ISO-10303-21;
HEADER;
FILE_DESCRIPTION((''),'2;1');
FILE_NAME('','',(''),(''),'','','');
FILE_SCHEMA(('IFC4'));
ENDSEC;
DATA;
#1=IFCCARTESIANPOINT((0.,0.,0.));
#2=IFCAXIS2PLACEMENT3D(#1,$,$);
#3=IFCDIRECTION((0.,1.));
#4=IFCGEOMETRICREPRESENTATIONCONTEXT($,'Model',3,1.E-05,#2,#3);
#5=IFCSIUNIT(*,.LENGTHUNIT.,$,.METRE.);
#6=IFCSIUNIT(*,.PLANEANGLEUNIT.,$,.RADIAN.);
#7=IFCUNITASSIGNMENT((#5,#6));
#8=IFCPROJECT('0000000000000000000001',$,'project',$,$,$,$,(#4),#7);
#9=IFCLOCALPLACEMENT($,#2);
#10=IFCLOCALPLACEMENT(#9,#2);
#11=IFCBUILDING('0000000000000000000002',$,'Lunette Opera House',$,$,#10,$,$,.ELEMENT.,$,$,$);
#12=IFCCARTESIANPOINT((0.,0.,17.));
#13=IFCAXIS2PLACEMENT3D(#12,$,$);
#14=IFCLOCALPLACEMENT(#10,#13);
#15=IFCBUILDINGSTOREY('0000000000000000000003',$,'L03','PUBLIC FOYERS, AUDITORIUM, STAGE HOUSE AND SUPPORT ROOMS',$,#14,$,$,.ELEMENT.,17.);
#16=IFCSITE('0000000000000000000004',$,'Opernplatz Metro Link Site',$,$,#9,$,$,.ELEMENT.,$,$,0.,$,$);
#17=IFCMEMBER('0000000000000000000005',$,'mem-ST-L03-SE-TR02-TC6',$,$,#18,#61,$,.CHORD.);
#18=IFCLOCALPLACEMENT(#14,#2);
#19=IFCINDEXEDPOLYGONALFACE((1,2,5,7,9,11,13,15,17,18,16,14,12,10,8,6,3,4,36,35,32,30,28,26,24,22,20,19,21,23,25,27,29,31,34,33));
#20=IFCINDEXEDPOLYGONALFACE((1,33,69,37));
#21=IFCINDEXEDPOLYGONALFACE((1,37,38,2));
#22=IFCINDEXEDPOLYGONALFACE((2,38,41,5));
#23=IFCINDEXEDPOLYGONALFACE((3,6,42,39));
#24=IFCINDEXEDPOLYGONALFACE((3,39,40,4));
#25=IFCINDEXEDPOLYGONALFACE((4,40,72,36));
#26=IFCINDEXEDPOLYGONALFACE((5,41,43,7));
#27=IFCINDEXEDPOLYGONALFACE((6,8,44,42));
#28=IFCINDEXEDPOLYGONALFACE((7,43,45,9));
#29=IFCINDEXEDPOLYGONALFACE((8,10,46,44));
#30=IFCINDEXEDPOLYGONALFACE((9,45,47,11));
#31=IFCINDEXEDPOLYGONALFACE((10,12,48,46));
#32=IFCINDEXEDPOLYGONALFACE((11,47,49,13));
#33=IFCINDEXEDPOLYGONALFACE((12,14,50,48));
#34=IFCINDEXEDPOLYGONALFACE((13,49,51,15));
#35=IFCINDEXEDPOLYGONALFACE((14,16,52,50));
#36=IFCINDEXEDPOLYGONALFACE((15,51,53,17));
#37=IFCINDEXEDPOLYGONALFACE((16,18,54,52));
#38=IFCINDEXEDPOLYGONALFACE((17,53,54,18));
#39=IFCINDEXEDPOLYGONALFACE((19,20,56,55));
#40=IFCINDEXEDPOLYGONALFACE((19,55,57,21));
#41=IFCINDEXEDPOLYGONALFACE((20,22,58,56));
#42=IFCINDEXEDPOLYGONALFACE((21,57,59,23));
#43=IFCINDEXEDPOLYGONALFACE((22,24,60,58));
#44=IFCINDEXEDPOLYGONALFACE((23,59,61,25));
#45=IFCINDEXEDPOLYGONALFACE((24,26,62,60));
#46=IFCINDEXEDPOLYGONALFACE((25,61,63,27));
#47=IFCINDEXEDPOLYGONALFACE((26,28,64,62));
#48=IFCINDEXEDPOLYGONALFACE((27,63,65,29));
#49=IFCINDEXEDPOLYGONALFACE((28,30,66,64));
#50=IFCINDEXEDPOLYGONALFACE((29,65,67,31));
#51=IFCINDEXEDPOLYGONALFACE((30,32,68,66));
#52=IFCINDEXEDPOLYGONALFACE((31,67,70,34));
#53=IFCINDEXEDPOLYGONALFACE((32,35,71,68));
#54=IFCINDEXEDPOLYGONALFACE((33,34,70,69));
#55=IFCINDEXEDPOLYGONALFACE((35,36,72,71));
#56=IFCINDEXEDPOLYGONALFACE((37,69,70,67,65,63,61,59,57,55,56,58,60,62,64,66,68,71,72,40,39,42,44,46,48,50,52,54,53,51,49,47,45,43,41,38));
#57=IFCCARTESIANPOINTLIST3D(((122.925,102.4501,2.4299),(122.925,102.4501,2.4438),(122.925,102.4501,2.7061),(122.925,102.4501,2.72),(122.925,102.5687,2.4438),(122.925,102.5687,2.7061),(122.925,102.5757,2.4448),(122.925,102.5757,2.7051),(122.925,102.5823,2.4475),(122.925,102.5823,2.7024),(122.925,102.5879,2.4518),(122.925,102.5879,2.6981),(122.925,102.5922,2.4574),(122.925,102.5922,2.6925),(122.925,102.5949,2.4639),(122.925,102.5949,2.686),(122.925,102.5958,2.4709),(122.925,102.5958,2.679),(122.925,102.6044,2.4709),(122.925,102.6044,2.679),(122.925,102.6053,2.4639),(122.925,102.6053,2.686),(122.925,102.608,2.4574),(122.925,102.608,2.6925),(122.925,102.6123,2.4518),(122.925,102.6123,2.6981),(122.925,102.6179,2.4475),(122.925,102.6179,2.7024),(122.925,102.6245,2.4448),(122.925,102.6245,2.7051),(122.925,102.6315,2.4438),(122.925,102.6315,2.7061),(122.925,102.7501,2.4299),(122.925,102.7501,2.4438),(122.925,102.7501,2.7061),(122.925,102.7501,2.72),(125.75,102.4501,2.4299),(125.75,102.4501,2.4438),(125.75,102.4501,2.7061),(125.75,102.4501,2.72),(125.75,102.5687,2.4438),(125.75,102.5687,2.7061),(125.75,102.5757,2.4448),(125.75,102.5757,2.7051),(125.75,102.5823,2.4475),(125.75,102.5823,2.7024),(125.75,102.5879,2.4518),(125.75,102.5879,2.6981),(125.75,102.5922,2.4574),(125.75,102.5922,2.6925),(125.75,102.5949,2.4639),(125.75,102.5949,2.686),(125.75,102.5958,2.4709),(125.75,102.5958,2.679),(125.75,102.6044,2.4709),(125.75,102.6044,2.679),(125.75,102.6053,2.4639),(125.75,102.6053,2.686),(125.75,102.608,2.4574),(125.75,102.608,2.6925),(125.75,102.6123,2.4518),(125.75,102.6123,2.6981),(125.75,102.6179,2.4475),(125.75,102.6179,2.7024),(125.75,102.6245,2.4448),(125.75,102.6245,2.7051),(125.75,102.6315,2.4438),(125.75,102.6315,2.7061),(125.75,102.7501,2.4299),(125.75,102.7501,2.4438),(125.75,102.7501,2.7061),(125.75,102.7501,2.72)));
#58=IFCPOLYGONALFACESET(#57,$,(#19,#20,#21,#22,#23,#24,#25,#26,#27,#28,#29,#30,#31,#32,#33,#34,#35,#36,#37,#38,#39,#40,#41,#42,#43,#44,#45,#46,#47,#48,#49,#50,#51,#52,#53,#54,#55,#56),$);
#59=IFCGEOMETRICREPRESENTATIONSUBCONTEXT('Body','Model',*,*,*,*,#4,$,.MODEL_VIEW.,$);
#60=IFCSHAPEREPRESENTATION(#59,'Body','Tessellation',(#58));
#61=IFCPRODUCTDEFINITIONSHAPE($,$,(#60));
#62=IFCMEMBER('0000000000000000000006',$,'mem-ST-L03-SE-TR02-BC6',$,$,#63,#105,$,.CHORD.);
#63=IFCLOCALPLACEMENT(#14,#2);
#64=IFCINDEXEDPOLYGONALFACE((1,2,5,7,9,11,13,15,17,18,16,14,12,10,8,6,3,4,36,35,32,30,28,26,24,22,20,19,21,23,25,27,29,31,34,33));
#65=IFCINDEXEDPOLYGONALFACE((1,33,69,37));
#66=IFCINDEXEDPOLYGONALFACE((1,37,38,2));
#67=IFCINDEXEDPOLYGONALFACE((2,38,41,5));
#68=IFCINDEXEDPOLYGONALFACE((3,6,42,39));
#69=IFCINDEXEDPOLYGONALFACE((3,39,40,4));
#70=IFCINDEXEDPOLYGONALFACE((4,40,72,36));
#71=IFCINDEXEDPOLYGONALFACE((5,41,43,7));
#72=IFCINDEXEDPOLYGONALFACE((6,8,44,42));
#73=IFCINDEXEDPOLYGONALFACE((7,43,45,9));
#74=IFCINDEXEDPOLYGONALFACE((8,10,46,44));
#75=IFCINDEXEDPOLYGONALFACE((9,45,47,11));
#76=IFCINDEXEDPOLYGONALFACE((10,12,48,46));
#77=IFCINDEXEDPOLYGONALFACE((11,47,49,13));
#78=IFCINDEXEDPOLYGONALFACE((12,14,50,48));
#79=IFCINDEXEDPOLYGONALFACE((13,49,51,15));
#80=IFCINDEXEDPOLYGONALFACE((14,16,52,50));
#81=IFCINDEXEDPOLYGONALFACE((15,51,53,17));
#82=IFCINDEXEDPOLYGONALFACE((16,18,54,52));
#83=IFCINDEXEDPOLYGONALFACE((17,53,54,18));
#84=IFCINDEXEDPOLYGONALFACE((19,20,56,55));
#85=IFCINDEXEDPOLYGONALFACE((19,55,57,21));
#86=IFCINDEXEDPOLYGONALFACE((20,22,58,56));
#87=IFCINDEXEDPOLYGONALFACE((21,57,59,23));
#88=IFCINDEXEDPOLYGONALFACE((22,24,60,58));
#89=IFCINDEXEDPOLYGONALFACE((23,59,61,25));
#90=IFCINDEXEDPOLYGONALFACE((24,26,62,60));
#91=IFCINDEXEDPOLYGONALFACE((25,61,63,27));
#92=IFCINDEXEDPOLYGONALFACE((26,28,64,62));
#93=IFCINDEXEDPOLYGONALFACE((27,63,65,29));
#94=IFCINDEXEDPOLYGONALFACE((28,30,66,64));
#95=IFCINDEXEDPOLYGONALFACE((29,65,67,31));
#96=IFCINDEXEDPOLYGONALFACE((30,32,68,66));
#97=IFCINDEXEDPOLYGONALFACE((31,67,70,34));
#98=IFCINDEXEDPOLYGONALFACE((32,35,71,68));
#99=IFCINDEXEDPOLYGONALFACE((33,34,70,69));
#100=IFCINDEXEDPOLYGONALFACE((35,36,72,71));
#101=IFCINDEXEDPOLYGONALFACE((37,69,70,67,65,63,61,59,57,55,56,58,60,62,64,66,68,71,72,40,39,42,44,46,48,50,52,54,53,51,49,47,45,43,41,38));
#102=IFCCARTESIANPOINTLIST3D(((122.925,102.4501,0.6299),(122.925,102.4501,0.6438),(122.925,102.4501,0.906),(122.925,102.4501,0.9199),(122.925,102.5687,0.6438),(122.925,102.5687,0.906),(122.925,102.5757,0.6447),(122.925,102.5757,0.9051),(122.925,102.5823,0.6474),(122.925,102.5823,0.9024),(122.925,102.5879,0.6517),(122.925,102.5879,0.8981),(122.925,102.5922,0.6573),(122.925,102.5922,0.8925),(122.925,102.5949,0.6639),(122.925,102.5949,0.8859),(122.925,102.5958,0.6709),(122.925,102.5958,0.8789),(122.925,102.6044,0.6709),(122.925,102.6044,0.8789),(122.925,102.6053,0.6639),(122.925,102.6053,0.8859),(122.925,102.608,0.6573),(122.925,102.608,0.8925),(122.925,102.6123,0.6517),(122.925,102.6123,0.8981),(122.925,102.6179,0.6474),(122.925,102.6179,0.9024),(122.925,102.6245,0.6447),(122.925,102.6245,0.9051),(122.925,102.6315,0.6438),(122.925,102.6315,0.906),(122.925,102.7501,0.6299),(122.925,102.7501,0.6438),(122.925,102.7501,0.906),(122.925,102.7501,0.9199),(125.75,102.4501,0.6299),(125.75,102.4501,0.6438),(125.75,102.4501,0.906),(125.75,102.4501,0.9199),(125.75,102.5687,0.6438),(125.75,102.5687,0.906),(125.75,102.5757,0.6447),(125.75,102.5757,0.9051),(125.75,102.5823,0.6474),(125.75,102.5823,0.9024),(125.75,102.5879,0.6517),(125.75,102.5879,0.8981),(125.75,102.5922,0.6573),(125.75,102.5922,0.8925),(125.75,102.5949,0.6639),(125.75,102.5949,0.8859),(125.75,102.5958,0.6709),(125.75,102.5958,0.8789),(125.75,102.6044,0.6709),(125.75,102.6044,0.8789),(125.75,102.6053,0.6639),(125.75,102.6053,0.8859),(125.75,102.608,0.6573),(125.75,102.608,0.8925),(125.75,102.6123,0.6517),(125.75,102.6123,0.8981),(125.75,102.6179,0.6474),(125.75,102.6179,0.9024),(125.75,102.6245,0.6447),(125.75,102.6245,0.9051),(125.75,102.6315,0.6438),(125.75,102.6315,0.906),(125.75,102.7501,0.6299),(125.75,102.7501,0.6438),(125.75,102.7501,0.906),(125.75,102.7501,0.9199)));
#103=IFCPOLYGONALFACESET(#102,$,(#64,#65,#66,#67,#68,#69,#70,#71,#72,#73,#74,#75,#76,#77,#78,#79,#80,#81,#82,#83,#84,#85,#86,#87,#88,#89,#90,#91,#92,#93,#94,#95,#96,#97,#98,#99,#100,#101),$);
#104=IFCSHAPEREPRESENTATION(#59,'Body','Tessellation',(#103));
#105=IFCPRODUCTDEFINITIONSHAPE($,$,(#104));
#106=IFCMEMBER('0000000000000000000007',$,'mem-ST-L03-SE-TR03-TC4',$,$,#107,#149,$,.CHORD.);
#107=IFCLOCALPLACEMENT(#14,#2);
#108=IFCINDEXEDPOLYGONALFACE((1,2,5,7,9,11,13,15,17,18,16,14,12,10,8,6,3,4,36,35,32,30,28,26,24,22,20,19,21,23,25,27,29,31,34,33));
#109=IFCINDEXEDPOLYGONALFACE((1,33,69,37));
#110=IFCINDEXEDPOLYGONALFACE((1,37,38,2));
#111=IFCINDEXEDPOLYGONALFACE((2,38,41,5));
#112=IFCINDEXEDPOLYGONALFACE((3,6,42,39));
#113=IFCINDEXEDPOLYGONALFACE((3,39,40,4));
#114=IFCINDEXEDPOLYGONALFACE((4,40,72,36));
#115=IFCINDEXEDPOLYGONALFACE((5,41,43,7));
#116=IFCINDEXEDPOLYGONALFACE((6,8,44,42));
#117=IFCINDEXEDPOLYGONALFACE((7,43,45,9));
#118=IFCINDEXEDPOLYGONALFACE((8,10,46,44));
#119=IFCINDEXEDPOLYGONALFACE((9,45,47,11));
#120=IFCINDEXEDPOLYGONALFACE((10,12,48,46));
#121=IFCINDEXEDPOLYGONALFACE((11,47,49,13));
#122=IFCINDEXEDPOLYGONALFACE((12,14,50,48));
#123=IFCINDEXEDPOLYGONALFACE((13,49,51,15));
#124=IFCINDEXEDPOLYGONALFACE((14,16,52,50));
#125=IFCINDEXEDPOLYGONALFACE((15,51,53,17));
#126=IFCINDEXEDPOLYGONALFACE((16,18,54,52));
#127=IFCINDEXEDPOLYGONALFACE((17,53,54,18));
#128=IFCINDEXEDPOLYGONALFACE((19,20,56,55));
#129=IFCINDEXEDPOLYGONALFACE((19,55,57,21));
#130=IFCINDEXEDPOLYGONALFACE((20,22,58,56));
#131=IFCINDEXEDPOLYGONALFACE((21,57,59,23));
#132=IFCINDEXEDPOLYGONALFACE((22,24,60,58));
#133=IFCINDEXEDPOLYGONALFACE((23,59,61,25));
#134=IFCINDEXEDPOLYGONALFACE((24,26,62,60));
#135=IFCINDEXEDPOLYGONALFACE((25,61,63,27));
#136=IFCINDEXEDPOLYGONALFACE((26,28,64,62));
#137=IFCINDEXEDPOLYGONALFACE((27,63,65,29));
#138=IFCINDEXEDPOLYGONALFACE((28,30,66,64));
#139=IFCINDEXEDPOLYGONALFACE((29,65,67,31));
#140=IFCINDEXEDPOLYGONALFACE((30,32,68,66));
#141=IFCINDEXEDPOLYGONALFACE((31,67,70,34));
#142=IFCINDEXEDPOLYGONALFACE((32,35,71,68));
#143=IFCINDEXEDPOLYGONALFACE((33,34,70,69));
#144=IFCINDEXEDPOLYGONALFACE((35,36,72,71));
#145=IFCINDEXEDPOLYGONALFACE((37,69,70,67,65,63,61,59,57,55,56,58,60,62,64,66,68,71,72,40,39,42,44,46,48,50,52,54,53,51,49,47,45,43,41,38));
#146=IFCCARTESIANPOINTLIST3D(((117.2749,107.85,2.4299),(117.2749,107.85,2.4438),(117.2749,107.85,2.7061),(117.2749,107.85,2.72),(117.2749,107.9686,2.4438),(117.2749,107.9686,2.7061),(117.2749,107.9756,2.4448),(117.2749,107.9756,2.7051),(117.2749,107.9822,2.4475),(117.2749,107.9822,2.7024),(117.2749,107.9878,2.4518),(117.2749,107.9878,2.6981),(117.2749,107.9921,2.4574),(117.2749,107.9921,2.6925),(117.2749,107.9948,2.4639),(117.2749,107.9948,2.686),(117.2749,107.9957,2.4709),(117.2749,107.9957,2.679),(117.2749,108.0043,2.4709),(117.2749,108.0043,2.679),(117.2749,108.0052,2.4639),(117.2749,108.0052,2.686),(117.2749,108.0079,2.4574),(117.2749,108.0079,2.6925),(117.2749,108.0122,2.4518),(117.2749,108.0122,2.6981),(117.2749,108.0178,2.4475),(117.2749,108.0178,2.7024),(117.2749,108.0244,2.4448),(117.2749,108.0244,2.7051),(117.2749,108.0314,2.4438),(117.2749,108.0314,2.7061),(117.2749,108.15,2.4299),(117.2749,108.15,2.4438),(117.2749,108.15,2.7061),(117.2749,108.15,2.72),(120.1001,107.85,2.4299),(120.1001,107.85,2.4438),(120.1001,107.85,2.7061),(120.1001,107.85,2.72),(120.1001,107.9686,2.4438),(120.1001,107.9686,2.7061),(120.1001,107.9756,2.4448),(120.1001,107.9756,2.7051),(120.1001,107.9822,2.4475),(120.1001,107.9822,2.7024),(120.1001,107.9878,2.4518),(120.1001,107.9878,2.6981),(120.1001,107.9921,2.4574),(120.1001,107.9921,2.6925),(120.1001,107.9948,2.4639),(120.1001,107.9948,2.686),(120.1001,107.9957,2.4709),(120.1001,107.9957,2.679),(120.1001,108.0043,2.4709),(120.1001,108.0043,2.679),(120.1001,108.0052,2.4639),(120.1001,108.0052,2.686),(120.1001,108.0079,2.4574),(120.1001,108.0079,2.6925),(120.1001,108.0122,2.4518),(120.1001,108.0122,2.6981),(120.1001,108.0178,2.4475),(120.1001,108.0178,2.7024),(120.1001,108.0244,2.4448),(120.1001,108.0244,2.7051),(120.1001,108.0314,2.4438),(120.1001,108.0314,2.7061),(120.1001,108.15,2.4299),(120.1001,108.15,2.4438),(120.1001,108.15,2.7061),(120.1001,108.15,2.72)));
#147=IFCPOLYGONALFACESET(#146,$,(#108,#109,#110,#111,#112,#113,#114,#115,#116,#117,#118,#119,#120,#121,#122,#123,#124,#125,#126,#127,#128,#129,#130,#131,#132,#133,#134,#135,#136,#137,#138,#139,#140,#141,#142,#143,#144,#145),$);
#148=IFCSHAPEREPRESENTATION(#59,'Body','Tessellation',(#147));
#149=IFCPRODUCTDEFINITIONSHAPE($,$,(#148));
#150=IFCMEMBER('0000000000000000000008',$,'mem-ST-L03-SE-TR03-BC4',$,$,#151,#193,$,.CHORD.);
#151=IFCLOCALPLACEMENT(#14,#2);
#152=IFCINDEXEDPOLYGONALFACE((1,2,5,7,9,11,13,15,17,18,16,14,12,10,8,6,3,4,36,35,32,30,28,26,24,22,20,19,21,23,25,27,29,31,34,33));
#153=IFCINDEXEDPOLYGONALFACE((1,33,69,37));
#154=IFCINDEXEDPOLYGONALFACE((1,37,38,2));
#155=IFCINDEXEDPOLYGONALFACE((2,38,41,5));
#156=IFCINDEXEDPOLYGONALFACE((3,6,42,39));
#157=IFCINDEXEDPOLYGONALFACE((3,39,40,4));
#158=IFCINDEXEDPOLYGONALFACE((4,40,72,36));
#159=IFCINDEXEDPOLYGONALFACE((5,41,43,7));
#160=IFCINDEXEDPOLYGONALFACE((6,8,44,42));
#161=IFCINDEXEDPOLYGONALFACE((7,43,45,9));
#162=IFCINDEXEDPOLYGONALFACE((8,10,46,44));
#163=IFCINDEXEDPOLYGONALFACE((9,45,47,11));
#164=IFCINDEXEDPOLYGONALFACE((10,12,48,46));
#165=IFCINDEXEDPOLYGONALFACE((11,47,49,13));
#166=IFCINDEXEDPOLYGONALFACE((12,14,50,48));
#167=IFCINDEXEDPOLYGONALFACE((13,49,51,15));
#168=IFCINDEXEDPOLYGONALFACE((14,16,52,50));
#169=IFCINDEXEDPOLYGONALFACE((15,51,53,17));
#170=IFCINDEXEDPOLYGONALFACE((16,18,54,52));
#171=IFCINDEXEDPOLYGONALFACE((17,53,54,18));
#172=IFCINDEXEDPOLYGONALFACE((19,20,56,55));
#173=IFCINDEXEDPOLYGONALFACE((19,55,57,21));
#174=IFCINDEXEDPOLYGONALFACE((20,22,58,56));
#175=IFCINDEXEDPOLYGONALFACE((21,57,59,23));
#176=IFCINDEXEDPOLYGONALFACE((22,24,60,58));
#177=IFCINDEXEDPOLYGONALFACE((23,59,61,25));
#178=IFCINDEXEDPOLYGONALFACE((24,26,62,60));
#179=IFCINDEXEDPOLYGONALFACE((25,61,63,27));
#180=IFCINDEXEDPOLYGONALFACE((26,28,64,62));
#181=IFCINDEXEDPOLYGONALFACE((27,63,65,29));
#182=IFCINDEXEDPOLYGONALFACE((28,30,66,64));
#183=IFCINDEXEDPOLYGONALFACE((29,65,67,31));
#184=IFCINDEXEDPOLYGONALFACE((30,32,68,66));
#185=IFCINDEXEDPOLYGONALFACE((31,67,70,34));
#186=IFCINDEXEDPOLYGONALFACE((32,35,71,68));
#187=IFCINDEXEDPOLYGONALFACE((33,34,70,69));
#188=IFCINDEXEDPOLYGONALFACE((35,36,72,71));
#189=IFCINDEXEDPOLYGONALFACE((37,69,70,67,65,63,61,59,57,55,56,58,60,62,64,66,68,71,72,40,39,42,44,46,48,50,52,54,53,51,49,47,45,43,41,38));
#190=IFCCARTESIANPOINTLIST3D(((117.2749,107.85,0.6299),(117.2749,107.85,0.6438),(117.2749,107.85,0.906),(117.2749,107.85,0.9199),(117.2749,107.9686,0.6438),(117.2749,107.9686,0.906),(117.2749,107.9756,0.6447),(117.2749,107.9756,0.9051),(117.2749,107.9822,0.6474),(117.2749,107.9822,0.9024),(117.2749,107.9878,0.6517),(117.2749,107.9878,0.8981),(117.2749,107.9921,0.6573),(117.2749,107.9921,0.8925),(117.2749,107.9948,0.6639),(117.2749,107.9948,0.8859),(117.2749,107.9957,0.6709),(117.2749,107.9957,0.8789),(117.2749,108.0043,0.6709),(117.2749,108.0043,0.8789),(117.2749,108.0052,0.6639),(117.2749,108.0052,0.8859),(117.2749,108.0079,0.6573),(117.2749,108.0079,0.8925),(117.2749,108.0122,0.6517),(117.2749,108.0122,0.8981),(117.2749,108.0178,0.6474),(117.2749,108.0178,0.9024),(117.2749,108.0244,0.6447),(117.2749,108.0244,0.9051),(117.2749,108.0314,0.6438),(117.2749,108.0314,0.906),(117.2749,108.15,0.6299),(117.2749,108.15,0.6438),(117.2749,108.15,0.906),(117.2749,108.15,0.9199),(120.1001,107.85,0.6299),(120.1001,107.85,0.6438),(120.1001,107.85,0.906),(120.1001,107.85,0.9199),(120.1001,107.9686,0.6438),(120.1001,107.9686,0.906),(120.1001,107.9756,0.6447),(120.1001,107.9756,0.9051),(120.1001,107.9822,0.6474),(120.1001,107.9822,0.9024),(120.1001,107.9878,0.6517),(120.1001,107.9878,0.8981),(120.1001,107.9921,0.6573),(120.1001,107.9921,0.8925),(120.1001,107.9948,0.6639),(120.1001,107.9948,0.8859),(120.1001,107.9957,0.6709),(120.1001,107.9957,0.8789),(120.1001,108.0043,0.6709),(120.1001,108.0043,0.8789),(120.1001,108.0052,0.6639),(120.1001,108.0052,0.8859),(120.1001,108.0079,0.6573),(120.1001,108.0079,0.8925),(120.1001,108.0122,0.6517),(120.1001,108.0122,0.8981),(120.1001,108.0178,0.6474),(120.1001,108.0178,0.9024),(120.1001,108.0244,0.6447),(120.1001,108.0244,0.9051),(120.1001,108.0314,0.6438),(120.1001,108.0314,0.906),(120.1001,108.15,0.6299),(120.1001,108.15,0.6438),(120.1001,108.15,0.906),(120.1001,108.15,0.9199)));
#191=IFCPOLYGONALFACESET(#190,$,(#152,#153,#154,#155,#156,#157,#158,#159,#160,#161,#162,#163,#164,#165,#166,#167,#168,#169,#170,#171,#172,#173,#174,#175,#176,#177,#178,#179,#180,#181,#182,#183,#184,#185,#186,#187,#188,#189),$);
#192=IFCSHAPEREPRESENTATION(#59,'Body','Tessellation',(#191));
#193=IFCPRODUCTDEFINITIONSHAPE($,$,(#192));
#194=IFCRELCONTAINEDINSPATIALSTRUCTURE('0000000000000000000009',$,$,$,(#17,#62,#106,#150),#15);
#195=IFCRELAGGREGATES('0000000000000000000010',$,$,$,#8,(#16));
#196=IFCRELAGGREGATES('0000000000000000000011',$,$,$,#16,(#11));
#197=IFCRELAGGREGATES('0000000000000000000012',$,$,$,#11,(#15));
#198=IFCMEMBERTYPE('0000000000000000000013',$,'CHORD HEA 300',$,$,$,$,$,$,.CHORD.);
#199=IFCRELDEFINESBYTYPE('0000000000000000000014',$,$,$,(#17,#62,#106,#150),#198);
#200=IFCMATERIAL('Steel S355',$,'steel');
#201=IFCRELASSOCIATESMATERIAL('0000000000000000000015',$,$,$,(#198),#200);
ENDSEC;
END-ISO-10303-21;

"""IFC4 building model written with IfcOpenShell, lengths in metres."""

from ifc_helpers import new_model, si_unit, direction, frame, origin, origin_2d, place, context, subcontext, project, spatial, i_section, extrude, material, material_profile, profile_set, type_object, element, save


model = new_model("IFC4")

# Units and contexts
model_context = context("Model", 3, precision=1e-05, world=origin(), true_north=direction((0.0, 1.0)))
body_context = subcontext(model_context, "Body", "Model", "MODEL_VIEW")
ifc_project = project(units=[si_unit("LENGTHUNIT", "METRE"), si_unit("PLANEANGLEUNIT", "RADIAN")], contexts=[model_context])

# Site, building, storey
site_placement = place(None, origin())
site = spatial("IfcSite", under=ifc_project, at=site_placement, Name="Opernplatz Metro Link Site", CompositionType="ELEMENT", RefElevation=0.0)
building_placement = place(site_placement, origin())
building = spatial("IfcBuilding", under=site, at=building_placement, Name="Lunette Opera House", CompositionType="ELEMENT")
storey_placement = place(building_placement, frame((0.0, 0.0, 17.0)))
storey = spatial("IfcBuildingStorey", under=building, at=storey_placement, Name="L03", Description="PUBLIC FOYERS, AUDITORIUM, STAGE HOUSE AND SUPPORT ROOMS", CompositionType="ELEMENT", Elevation=17.0)

# Members
ifc_material_1 = material(Name="Steel S355", Category="steel")
ifc_material_profile_1 = material_profile(ifc_material_1, i_section(OverallWidth=0.3, OverallDepth=0.29, WebThickness=0.0085, FlangeThickness=0.0139, FilletRadius=0.0271, at=origin_2d()), Name="HEA 300")
ifc_profile_set_1 = profile_set([ifc_material_profile_1], Name="Steel S355")
member_type_1 = type_object("IfcMemberType", Name="CHORD HEA 300", PredefinedType="CHORD", material=ifc_profile_set_1)
for number, where, z_axis, x_axis, name in (
    (1, (122.925, 102.6001, 2.575), (1.0, 0.0, 0.0), (0.0, 1.0, 0.0), "mem-ST-L03-SE-TR02-TC6"),
    (2, (122.925, 102.6001, 0.7749), (1.0, 0.0, 0.0), (0.0, 1.0, 0.0), "mem-ST-L03-SE-TR02-BC6"),
):
    element("IfcMember", number, at=place(storey_placement, frame(where, z_axis=z_axis, x_axis=x_axis)), inside=storey, type_object=member_type_1, Name=name, PredefinedType="CHORD", context=body_context, shape_type="SweptSolid", body=[
        extrude(i_section(OverallWidth=0.3, OverallDepth=0.29, WebThickness=0.0085, FlangeThickness=0.0139, FilletRadius=0.0271, at=origin_2d()), origin(), (0.0, 0.0, 1.0), 2.825),
    ])
for number, where, z_axis, x_axis, name in (
    (3, (117.2749, 108.0, 2.575), (1.0, 0.0, 0.0), (0.0, 1.0, 0.0), "mem-ST-L03-SE-TR03-TC4"),
    (4, (117.2749, 108.0, 0.7749), (1.0, 0.0, 0.0), (0.0, 1.0, 0.0), "mem-ST-L03-SE-TR03-BC4"),
):
    element("IfcMember", number, at=place(storey_placement, frame(where, z_axis=z_axis, x_axis=x_axis)), inside=storey, type_object=member_type_1, Name=name, PredefinedType="CHORD", context=body_context, shape_type="SweptSolid", body=[
        extrude(i_section(OverallWidth=0.3, OverallDepth=0.29, WebThickness=0.0085, FlangeThickness=0.0139, FilletRadius=0.0271, at=origin_2d()), origin(), (0.0, 0.0, 1.0), 2.8252),
    ])

save(model, "model.ifc")
